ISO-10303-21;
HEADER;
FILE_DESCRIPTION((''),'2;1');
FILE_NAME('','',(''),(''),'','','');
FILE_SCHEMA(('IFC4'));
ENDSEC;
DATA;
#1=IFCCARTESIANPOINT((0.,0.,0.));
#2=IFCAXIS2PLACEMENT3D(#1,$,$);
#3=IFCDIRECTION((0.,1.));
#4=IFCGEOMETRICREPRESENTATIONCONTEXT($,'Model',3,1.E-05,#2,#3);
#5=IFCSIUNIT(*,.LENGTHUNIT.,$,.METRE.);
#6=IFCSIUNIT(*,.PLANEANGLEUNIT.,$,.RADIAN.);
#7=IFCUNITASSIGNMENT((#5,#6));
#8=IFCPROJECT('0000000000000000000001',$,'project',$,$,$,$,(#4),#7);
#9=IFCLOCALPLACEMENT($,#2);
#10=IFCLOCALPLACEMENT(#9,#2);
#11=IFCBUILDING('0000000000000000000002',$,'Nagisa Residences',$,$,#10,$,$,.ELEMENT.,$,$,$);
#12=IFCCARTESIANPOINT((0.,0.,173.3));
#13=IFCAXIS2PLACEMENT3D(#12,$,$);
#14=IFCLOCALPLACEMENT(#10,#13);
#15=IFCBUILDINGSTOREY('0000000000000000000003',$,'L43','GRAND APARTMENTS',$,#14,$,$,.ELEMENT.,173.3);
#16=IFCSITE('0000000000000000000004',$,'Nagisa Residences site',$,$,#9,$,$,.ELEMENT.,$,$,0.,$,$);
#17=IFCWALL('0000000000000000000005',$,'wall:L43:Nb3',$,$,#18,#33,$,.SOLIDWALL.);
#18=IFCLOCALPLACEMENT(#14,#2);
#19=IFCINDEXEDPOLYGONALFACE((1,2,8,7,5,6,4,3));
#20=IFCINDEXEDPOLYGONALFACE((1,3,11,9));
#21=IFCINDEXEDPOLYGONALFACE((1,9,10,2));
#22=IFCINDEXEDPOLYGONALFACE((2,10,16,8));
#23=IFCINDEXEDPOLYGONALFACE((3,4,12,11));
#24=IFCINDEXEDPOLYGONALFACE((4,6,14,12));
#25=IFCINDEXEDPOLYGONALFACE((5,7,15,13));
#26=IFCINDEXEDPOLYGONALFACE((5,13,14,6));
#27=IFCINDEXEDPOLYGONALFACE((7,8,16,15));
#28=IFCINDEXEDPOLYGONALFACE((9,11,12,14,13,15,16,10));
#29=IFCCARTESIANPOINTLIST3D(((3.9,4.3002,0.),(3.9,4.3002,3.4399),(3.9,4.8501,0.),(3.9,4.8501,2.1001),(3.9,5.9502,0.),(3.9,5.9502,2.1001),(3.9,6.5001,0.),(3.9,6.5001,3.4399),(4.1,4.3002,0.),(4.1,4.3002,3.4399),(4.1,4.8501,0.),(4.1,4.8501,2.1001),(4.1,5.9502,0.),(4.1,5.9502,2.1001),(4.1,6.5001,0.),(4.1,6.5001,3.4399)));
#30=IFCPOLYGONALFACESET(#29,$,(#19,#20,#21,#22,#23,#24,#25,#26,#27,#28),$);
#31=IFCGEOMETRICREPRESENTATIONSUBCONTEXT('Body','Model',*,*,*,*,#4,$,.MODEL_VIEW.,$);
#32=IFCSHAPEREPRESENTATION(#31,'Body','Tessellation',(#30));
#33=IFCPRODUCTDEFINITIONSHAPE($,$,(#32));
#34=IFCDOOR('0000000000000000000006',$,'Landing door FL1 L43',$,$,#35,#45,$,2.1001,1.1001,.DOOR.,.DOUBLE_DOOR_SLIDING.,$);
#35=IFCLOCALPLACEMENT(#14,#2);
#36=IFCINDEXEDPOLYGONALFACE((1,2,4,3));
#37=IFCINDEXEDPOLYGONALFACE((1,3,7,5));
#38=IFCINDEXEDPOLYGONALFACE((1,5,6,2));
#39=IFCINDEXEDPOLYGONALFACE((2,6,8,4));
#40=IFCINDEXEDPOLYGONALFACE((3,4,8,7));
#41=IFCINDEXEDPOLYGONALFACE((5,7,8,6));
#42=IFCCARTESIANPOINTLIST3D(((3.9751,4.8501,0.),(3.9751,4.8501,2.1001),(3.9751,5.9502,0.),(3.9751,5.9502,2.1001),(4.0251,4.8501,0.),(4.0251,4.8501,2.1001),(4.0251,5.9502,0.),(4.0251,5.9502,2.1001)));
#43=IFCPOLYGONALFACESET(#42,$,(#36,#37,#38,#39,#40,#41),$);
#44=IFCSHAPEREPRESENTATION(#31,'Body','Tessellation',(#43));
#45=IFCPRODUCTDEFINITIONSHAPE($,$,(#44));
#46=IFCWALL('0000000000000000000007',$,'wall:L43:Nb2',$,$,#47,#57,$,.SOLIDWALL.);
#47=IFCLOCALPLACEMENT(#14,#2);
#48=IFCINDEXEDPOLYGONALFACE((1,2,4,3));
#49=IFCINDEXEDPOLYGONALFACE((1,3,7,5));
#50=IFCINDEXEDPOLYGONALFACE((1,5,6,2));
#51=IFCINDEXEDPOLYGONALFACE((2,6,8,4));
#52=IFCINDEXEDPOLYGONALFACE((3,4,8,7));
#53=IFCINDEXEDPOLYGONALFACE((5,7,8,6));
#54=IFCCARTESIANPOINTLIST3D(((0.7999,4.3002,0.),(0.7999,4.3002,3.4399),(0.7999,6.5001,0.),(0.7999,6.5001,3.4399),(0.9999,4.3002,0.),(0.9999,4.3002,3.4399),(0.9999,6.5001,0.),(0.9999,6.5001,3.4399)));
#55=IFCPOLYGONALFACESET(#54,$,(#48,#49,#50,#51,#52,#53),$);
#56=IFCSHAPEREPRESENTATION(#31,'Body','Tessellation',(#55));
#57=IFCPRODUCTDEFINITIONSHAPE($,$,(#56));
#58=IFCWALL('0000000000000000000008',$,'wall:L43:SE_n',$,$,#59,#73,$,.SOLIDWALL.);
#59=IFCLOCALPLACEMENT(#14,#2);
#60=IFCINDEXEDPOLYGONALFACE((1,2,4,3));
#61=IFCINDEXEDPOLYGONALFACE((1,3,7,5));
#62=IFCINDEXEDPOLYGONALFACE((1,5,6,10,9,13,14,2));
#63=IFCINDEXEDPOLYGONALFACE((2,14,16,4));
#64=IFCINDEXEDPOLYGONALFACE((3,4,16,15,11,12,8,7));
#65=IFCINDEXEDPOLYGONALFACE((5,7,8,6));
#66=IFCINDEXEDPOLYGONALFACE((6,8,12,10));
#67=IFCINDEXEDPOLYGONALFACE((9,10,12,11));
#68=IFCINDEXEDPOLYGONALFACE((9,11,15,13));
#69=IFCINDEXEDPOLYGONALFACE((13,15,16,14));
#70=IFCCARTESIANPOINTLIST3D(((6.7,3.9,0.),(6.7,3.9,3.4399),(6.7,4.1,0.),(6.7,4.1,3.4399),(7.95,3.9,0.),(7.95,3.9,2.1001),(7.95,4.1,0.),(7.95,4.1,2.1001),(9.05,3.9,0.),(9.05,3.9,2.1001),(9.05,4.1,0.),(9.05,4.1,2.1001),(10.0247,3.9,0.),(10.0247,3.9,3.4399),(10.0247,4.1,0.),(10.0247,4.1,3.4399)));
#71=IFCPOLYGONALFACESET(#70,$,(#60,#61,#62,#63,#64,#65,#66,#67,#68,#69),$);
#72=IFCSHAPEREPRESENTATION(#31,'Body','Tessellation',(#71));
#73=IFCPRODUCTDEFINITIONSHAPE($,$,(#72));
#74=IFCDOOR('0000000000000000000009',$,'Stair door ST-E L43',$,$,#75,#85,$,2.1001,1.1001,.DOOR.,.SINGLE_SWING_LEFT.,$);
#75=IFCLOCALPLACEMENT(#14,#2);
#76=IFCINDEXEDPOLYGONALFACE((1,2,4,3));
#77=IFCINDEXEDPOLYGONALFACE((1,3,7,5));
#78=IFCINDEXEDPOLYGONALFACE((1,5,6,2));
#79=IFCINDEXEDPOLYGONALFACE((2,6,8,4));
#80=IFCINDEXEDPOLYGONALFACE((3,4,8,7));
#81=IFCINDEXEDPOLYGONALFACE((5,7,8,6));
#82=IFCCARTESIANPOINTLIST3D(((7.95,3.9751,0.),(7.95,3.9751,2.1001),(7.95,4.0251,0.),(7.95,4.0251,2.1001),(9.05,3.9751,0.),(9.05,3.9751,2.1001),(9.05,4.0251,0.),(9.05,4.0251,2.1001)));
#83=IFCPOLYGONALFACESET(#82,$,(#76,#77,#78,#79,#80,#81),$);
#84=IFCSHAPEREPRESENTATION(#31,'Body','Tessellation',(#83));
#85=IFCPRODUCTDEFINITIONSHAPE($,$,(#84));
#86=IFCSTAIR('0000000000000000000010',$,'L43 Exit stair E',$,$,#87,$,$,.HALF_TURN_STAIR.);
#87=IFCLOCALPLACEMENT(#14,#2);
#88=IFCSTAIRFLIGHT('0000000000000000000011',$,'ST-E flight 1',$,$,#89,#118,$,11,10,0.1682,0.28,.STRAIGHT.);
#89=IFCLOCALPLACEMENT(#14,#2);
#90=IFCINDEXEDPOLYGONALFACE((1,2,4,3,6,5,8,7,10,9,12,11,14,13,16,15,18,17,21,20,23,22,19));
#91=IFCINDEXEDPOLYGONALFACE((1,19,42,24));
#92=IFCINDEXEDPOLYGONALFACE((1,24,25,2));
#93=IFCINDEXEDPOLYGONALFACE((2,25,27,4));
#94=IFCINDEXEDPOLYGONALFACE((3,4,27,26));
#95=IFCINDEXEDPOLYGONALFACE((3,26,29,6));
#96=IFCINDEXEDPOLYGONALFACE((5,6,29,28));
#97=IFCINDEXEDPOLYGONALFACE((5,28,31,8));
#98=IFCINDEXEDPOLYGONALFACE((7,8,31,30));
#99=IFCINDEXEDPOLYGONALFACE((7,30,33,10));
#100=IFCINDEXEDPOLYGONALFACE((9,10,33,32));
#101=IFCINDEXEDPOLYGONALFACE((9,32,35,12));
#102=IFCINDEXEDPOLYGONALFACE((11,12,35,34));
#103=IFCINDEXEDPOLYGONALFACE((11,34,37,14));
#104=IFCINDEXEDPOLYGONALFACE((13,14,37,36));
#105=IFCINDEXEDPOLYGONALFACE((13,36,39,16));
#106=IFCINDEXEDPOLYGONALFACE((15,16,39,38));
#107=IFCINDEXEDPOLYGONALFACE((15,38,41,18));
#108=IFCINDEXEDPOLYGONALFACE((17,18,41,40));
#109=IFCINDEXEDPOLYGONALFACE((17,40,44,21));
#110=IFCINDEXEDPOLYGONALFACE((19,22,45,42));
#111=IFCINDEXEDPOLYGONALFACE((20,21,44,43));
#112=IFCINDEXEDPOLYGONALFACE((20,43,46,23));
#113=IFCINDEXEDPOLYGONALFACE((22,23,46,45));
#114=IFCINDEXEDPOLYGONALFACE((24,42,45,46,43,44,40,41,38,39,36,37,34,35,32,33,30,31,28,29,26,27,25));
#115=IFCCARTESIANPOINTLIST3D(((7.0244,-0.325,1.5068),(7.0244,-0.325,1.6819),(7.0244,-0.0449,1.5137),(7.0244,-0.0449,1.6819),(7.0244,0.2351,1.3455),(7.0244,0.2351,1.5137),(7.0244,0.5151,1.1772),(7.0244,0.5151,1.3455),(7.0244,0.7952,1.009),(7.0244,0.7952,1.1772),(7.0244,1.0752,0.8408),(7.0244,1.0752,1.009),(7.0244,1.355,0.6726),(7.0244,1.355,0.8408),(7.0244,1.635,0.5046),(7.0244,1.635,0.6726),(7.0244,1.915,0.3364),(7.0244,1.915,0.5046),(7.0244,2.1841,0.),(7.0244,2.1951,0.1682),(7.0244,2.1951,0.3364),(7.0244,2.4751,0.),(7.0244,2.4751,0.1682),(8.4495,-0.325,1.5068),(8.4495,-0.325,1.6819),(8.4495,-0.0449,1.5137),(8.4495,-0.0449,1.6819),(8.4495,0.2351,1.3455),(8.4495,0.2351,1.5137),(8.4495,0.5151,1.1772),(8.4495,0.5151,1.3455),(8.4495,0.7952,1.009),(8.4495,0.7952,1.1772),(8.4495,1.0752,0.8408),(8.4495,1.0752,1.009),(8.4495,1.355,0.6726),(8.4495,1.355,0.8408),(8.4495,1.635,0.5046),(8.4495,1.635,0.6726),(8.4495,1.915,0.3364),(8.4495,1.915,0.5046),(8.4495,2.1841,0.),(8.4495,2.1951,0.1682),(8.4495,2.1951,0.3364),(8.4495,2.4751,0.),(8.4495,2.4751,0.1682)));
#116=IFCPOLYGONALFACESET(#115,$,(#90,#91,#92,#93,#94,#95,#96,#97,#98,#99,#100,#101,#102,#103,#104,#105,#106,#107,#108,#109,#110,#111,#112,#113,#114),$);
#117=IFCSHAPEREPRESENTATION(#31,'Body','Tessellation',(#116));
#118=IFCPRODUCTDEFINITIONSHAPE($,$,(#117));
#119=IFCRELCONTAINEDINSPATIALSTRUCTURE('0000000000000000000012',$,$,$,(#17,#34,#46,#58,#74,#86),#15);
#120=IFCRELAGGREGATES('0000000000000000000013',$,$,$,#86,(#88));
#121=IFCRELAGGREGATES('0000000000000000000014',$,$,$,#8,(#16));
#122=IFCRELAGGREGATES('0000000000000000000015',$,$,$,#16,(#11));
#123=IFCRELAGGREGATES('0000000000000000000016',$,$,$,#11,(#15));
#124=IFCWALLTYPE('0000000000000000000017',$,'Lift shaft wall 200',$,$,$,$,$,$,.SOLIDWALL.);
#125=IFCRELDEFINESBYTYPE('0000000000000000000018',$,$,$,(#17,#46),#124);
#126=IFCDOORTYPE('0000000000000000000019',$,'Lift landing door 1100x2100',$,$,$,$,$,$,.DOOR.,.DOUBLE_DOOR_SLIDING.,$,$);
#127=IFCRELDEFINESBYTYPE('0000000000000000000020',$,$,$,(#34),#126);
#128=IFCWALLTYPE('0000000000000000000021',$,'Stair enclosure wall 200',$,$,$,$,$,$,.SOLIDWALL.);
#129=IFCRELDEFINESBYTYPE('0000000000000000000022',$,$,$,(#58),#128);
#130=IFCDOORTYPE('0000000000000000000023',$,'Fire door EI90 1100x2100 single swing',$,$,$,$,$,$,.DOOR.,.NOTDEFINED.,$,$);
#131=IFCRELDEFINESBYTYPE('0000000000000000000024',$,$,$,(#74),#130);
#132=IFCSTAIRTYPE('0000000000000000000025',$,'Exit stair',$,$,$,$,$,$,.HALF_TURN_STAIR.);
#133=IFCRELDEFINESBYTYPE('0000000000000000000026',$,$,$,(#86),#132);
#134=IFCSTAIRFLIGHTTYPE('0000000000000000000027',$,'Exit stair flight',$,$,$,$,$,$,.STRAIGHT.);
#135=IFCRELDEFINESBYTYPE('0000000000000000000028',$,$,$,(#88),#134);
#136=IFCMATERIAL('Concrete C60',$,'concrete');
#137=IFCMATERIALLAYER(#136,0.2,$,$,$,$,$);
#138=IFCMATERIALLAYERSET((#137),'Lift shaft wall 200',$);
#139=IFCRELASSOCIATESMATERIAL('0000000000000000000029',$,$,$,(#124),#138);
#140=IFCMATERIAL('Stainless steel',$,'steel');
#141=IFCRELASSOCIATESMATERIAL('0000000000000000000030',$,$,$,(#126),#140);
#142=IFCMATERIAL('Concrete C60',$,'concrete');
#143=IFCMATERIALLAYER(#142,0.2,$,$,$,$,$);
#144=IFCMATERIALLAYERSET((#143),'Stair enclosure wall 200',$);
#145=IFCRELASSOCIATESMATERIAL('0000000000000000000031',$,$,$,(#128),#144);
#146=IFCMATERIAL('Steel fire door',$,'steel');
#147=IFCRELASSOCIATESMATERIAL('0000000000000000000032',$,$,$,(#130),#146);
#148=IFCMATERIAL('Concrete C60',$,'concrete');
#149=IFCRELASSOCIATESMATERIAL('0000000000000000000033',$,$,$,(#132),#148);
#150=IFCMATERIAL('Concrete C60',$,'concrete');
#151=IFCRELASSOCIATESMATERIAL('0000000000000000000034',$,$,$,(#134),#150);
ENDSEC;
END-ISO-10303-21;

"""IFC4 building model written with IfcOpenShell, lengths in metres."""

from ifc_helpers import new_model, si_unit, direction, frame, frame_2d, origin, place, context, subcontext, project, spatial, polyline, rectangle, outline, extrude, material, layer, layer_set, type_object, element, fill, aggregate, save


model = new_model("IFC4")

# Units and contexts
model_context = context("Model", 3, precision=1e-05, world=origin(), true_north=direction((0.0, 1.0)))
body_context = subcontext(model_context, "Body", "Model", "MODEL_VIEW")
ifc_project = project(units=[si_unit("LENGTHUNIT", "METRE"), si_unit("PLANEANGLEUNIT", "RADIAN")], contexts=[model_context])

# Site, building, storey
site_placement = place(None, origin())
site = spatial("IfcSite", under=ifc_project, at=site_placement, Name="Nagisa Residences site", CompositionType="ELEMENT", RefElevation=0.0)
building_placement = place(site_placement, origin())
building = spatial("IfcBuilding", under=site, at=building_placement, Name="Nagisa Residences", CompositionType="ELEMENT")
storey_placement = place(building_placement, frame((0.0, 0.0, 173.3)))
storey = spatial("IfcBuildingStorey", under=building, at=storey_placement, Name="L43", Description="GRAND APARTMENTS", CompositionType="ELEMENT", Elevation=173.3)

# Wall, opening, door
ifc_material_1 = material(Name="Concrete C60", Category="concrete")
ifc_layer_1 = layer(ifc_material_1, 0.2)
ifc_layer_set_1 = layer_set([ifc_layer_1], Name="Lift shaft wall 200")
wall_type_1 = type_object("IfcWallType", Name="Lift shaft wall 200", PredefinedType="SOLIDWALL", material=ifc_layer_set_1)
wall_1_placement = place(storey_placement, frame((4.0, 4.3, 0.0), z_axis=(0.0, 0.0, 1.0), x_axis=(0.0, 1.0, 0.0)))
wall_1 = element("IfcWall", 1, at=wall_1_placement, inside=storey, type_object=wall_type_1, Name="wall:L43:Nb3", PredefinedType="SOLIDWALL", context=body_context, shape_type="SweptSolid", body=[
    extrude(rectangle(XDim=2.2, YDim=0.2, at=frame_2d((1.1001, 0.0))), origin(), (0.0, 0.0, 1.0), 3.4399),
])
opening_1_placement = place(wall_1_placement, frame((0.55, 0.0, 0.0)))
opening_1 = element("IfcOpeningElement", 2, at=opening_1_placement, cuts=wall_1, PredefinedType="OPENING", context=body_context, shape_type="SweptSolid", body=[
    extrude(rectangle(XDim=1.1001, YDim=2.1001, at=frame_2d((0.55, 1.05))), frame((0.0, 0.1099, 0.0), z_axis=(0.0, -1.0, 0.0), x_axis=(1.0, 0.0, 0.0)), (0.0, 0.0, 1.0), 0.22),
])
ifc_material_2 = material(Name="Stainless steel", Category="steel")
door_type_1 = type_object("IfcDoorType", Name="Lift landing door 1100x2100", OperationType="DOUBLE_DOOR_SLIDING", PredefinedType="DOOR", material=ifc_material_2)
door_1_placement = place(opening_1_placement, origin())
door_1 = element("IfcDoor", 3, at=door_1_placement, inside=storey, type_object=door_type_1, Name="Landing door FL1 L43", OperationType="DOUBLE_DOOR_SLIDING", OverallHeight=2.1001, OverallWidth=1.1001, PredefinedType="DOOR", context=body_context, shape_type="SweptSolid", body=[
    extrude(rectangle(XDim=1.1001, YDim=2.1001, at=frame_2d((0.55, 1.05))), frame((0.0, 0.0249, 0.0), z_axis=(0.0, -1.0, 0.0), x_axis=(1.0, 0.0, 0.0)), (0.0, 0.0, 1.0), 0.05),
])
fill(opening_1, door_1)

# Wall
wall_2_placement = place(storey_placement, frame((0.8999, 4.3, 0.0), z_axis=(0.0, 0.0, 1.0), x_axis=(0.0, 1.0, 0.0)))
element("IfcWall", 4, at=wall_2_placement, inside=storey, type_object=wall_type_1, Name="wall:L43:Nb2", PredefinedType="SOLIDWALL", context=body_context, shape_type="SweptSolid", body=[
    extrude(rectangle(XDim=2.2, YDim=0.2, at=frame_2d((1.1001, 0.0))), origin(), (0.0, 0.0, 1.0), 3.4399),
])

# Wall, opening, door
ifc_material_3 = material(Name="Concrete C60", Category="concrete")
ifc_layer_2 = layer(ifc_material_3, 0.2)
ifc_layer_set_2 = layer_set([ifc_layer_2], Name="Stair enclosure wall 200")
wall_type_2 = type_object("IfcWallType", Name="Stair enclosure wall 200", PredefinedType="SOLIDWALL", material=ifc_layer_set_2)
wall_3_placement = place(storey_placement, frame((6.7, 4.0, 0.0), z_axis=(0.0, 0.0, 1.0), x_axis=(1.0, 0.0, 0.0)))
wall_3 = element("IfcWall", 5, at=wall_3_placement, inside=storey, type_object=wall_type_2, Name="wall:L43:SE_n", PredefinedType="SOLIDWALL", context=body_context, shape_type="SweptSolid", body=[
    extrude(rectangle(XDim=3.3247, YDim=0.2, at=frame_2d((1.6624, 0.0))), origin(), (0.0, 0.0, 1.0), 3.4399),
])
opening_2_placement = place(wall_3_placement, frame((1.25, 0.0, 0.0)))
opening_2 = element("IfcOpeningElement", 6, at=opening_2_placement, cuts=wall_3, PredefinedType="OPENING", context=body_context, shape_type="SweptSolid", body=[
    extrude(rectangle(XDim=1.1001, YDim=2.1001, at=frame_2d((0.55, 1.05))), frame((0.0, 0.1099, 0.0), z_axis=(0.0, -1.0, 0.0), x_axis=(1.0, 0.0, 0.0)), (0.0, 0.0, 1.0), 0.22),
])
ifc_material_4 = material(Name="Steel fire door", Category="steel")
door_type_2 = type_object("IfcDoorType", Name="Fire door EI90 1100x2100 single swing", OperationType="NOTDEFINED", PredefinedType="DOOR", material=ifc_material_4)
door_2_placement = place(opening_2_placement, frame((1.1001, 0.0, 0.0), x_axis=(-1.0, 0.0, 0.0)))
door_2 = element("IfcDoor", 7, at=door_2_placement, inside=storey, type_object=door_type_2, Name="Stair door ST-E L43", OperationType="SINGLE_SWING_LEFT", OverallHeight=2.1001, OverallWidth=1.1001, PredefinedType="DOOR", context=body_context, shape_type="SweptSolid", body=[
    extrude(rectangle(XDim=1.1001, YDim=2.1001, at=frame_2d((0.55, 1.05))), frame((0.0, 0.0249, 0.0), z_axis=(0.0, -1.0, 0.0), x_axis=(1.0, 0.0, 0.0)), (0.0, 0.0, 1.0), 0.05),
])
fill(opening_2, door_2)

# Stair, stair flight
ifc_material_5 = material(Name="Concrete C60", Category="concrete")
stair_type = type_object("IfcStairType", Name="Exit stair", PredefinedType="HALF_TURN_STAIR", material=ifc_material_5)
stair_placement = place(storey_placement, origin())
stair = element("IfcStair", 8, at=stair_placement, inside=storey, type_object=stair_type, Name="L43 Exit stair E", PredefinedType="HALF_TURN_STAIR")
ifc_material_6 = material(Name="Concrete C60", Category="concrete")
stair_flight_type = type_object("IfcStairFlightType", Name="Exit stair flight", PredefinedType="STRAIGHT", material=ifc_material_6)
stair_flight_placement = place(storey_placement, frame((7.7371, 2.4751, 0.0), z_axis=(0.0, 0.0, 1.0), x_axis=(0.0, -1.0, 0.0)))
stair_flight = element("IfcStairFlight", 9, at=stair_flight_placement, type_object=stair_flight_type, Name="ST-E flight 1", NumberOfRisers=11, NumberOfTreads=10, PredefinedType="STRAIGHT", RiserHeight=0.1682, TreadLength=0.28, context=body_context, shape_type="SweptSolid", body=[
    extrude(outline(polyline([(0.0, 0.0), (0.0, 0.1682), (0.28, 0.1682), (0.28, 0.3364), (0.5601, 0.3364), (0.5601, 0.5046), (0.8401, 0.5046), (0.8401, 0.6726), (1.1201, 0.6726), (1.1201, 0.8408), (1.3999, 0.8408), (1.3999, 1.009), (1.6799, 1.009), (1.6799, 1.1772), (1.96, 1.1772), (1.96, 1.3455), (2.24, 1.3455), (2.24, 1.5137), (2.52, 1.5137), (2.52, 1.6819), (2.8, 1.6819), (2.8, 1.8501), (2.8, 1.5068), (0.291, 0.0), (0.0, 0.0)])), frame((0.0, 0.7124, 0.0), z_axis=(0.0, -1.0, 0.0), x_axis=(1.0, 0.0, 0.0)), (0.0, 0.0, 1.0), 1.425),
])
aggregate(stair, [stair_flight])

save(model, "model.ifc")
